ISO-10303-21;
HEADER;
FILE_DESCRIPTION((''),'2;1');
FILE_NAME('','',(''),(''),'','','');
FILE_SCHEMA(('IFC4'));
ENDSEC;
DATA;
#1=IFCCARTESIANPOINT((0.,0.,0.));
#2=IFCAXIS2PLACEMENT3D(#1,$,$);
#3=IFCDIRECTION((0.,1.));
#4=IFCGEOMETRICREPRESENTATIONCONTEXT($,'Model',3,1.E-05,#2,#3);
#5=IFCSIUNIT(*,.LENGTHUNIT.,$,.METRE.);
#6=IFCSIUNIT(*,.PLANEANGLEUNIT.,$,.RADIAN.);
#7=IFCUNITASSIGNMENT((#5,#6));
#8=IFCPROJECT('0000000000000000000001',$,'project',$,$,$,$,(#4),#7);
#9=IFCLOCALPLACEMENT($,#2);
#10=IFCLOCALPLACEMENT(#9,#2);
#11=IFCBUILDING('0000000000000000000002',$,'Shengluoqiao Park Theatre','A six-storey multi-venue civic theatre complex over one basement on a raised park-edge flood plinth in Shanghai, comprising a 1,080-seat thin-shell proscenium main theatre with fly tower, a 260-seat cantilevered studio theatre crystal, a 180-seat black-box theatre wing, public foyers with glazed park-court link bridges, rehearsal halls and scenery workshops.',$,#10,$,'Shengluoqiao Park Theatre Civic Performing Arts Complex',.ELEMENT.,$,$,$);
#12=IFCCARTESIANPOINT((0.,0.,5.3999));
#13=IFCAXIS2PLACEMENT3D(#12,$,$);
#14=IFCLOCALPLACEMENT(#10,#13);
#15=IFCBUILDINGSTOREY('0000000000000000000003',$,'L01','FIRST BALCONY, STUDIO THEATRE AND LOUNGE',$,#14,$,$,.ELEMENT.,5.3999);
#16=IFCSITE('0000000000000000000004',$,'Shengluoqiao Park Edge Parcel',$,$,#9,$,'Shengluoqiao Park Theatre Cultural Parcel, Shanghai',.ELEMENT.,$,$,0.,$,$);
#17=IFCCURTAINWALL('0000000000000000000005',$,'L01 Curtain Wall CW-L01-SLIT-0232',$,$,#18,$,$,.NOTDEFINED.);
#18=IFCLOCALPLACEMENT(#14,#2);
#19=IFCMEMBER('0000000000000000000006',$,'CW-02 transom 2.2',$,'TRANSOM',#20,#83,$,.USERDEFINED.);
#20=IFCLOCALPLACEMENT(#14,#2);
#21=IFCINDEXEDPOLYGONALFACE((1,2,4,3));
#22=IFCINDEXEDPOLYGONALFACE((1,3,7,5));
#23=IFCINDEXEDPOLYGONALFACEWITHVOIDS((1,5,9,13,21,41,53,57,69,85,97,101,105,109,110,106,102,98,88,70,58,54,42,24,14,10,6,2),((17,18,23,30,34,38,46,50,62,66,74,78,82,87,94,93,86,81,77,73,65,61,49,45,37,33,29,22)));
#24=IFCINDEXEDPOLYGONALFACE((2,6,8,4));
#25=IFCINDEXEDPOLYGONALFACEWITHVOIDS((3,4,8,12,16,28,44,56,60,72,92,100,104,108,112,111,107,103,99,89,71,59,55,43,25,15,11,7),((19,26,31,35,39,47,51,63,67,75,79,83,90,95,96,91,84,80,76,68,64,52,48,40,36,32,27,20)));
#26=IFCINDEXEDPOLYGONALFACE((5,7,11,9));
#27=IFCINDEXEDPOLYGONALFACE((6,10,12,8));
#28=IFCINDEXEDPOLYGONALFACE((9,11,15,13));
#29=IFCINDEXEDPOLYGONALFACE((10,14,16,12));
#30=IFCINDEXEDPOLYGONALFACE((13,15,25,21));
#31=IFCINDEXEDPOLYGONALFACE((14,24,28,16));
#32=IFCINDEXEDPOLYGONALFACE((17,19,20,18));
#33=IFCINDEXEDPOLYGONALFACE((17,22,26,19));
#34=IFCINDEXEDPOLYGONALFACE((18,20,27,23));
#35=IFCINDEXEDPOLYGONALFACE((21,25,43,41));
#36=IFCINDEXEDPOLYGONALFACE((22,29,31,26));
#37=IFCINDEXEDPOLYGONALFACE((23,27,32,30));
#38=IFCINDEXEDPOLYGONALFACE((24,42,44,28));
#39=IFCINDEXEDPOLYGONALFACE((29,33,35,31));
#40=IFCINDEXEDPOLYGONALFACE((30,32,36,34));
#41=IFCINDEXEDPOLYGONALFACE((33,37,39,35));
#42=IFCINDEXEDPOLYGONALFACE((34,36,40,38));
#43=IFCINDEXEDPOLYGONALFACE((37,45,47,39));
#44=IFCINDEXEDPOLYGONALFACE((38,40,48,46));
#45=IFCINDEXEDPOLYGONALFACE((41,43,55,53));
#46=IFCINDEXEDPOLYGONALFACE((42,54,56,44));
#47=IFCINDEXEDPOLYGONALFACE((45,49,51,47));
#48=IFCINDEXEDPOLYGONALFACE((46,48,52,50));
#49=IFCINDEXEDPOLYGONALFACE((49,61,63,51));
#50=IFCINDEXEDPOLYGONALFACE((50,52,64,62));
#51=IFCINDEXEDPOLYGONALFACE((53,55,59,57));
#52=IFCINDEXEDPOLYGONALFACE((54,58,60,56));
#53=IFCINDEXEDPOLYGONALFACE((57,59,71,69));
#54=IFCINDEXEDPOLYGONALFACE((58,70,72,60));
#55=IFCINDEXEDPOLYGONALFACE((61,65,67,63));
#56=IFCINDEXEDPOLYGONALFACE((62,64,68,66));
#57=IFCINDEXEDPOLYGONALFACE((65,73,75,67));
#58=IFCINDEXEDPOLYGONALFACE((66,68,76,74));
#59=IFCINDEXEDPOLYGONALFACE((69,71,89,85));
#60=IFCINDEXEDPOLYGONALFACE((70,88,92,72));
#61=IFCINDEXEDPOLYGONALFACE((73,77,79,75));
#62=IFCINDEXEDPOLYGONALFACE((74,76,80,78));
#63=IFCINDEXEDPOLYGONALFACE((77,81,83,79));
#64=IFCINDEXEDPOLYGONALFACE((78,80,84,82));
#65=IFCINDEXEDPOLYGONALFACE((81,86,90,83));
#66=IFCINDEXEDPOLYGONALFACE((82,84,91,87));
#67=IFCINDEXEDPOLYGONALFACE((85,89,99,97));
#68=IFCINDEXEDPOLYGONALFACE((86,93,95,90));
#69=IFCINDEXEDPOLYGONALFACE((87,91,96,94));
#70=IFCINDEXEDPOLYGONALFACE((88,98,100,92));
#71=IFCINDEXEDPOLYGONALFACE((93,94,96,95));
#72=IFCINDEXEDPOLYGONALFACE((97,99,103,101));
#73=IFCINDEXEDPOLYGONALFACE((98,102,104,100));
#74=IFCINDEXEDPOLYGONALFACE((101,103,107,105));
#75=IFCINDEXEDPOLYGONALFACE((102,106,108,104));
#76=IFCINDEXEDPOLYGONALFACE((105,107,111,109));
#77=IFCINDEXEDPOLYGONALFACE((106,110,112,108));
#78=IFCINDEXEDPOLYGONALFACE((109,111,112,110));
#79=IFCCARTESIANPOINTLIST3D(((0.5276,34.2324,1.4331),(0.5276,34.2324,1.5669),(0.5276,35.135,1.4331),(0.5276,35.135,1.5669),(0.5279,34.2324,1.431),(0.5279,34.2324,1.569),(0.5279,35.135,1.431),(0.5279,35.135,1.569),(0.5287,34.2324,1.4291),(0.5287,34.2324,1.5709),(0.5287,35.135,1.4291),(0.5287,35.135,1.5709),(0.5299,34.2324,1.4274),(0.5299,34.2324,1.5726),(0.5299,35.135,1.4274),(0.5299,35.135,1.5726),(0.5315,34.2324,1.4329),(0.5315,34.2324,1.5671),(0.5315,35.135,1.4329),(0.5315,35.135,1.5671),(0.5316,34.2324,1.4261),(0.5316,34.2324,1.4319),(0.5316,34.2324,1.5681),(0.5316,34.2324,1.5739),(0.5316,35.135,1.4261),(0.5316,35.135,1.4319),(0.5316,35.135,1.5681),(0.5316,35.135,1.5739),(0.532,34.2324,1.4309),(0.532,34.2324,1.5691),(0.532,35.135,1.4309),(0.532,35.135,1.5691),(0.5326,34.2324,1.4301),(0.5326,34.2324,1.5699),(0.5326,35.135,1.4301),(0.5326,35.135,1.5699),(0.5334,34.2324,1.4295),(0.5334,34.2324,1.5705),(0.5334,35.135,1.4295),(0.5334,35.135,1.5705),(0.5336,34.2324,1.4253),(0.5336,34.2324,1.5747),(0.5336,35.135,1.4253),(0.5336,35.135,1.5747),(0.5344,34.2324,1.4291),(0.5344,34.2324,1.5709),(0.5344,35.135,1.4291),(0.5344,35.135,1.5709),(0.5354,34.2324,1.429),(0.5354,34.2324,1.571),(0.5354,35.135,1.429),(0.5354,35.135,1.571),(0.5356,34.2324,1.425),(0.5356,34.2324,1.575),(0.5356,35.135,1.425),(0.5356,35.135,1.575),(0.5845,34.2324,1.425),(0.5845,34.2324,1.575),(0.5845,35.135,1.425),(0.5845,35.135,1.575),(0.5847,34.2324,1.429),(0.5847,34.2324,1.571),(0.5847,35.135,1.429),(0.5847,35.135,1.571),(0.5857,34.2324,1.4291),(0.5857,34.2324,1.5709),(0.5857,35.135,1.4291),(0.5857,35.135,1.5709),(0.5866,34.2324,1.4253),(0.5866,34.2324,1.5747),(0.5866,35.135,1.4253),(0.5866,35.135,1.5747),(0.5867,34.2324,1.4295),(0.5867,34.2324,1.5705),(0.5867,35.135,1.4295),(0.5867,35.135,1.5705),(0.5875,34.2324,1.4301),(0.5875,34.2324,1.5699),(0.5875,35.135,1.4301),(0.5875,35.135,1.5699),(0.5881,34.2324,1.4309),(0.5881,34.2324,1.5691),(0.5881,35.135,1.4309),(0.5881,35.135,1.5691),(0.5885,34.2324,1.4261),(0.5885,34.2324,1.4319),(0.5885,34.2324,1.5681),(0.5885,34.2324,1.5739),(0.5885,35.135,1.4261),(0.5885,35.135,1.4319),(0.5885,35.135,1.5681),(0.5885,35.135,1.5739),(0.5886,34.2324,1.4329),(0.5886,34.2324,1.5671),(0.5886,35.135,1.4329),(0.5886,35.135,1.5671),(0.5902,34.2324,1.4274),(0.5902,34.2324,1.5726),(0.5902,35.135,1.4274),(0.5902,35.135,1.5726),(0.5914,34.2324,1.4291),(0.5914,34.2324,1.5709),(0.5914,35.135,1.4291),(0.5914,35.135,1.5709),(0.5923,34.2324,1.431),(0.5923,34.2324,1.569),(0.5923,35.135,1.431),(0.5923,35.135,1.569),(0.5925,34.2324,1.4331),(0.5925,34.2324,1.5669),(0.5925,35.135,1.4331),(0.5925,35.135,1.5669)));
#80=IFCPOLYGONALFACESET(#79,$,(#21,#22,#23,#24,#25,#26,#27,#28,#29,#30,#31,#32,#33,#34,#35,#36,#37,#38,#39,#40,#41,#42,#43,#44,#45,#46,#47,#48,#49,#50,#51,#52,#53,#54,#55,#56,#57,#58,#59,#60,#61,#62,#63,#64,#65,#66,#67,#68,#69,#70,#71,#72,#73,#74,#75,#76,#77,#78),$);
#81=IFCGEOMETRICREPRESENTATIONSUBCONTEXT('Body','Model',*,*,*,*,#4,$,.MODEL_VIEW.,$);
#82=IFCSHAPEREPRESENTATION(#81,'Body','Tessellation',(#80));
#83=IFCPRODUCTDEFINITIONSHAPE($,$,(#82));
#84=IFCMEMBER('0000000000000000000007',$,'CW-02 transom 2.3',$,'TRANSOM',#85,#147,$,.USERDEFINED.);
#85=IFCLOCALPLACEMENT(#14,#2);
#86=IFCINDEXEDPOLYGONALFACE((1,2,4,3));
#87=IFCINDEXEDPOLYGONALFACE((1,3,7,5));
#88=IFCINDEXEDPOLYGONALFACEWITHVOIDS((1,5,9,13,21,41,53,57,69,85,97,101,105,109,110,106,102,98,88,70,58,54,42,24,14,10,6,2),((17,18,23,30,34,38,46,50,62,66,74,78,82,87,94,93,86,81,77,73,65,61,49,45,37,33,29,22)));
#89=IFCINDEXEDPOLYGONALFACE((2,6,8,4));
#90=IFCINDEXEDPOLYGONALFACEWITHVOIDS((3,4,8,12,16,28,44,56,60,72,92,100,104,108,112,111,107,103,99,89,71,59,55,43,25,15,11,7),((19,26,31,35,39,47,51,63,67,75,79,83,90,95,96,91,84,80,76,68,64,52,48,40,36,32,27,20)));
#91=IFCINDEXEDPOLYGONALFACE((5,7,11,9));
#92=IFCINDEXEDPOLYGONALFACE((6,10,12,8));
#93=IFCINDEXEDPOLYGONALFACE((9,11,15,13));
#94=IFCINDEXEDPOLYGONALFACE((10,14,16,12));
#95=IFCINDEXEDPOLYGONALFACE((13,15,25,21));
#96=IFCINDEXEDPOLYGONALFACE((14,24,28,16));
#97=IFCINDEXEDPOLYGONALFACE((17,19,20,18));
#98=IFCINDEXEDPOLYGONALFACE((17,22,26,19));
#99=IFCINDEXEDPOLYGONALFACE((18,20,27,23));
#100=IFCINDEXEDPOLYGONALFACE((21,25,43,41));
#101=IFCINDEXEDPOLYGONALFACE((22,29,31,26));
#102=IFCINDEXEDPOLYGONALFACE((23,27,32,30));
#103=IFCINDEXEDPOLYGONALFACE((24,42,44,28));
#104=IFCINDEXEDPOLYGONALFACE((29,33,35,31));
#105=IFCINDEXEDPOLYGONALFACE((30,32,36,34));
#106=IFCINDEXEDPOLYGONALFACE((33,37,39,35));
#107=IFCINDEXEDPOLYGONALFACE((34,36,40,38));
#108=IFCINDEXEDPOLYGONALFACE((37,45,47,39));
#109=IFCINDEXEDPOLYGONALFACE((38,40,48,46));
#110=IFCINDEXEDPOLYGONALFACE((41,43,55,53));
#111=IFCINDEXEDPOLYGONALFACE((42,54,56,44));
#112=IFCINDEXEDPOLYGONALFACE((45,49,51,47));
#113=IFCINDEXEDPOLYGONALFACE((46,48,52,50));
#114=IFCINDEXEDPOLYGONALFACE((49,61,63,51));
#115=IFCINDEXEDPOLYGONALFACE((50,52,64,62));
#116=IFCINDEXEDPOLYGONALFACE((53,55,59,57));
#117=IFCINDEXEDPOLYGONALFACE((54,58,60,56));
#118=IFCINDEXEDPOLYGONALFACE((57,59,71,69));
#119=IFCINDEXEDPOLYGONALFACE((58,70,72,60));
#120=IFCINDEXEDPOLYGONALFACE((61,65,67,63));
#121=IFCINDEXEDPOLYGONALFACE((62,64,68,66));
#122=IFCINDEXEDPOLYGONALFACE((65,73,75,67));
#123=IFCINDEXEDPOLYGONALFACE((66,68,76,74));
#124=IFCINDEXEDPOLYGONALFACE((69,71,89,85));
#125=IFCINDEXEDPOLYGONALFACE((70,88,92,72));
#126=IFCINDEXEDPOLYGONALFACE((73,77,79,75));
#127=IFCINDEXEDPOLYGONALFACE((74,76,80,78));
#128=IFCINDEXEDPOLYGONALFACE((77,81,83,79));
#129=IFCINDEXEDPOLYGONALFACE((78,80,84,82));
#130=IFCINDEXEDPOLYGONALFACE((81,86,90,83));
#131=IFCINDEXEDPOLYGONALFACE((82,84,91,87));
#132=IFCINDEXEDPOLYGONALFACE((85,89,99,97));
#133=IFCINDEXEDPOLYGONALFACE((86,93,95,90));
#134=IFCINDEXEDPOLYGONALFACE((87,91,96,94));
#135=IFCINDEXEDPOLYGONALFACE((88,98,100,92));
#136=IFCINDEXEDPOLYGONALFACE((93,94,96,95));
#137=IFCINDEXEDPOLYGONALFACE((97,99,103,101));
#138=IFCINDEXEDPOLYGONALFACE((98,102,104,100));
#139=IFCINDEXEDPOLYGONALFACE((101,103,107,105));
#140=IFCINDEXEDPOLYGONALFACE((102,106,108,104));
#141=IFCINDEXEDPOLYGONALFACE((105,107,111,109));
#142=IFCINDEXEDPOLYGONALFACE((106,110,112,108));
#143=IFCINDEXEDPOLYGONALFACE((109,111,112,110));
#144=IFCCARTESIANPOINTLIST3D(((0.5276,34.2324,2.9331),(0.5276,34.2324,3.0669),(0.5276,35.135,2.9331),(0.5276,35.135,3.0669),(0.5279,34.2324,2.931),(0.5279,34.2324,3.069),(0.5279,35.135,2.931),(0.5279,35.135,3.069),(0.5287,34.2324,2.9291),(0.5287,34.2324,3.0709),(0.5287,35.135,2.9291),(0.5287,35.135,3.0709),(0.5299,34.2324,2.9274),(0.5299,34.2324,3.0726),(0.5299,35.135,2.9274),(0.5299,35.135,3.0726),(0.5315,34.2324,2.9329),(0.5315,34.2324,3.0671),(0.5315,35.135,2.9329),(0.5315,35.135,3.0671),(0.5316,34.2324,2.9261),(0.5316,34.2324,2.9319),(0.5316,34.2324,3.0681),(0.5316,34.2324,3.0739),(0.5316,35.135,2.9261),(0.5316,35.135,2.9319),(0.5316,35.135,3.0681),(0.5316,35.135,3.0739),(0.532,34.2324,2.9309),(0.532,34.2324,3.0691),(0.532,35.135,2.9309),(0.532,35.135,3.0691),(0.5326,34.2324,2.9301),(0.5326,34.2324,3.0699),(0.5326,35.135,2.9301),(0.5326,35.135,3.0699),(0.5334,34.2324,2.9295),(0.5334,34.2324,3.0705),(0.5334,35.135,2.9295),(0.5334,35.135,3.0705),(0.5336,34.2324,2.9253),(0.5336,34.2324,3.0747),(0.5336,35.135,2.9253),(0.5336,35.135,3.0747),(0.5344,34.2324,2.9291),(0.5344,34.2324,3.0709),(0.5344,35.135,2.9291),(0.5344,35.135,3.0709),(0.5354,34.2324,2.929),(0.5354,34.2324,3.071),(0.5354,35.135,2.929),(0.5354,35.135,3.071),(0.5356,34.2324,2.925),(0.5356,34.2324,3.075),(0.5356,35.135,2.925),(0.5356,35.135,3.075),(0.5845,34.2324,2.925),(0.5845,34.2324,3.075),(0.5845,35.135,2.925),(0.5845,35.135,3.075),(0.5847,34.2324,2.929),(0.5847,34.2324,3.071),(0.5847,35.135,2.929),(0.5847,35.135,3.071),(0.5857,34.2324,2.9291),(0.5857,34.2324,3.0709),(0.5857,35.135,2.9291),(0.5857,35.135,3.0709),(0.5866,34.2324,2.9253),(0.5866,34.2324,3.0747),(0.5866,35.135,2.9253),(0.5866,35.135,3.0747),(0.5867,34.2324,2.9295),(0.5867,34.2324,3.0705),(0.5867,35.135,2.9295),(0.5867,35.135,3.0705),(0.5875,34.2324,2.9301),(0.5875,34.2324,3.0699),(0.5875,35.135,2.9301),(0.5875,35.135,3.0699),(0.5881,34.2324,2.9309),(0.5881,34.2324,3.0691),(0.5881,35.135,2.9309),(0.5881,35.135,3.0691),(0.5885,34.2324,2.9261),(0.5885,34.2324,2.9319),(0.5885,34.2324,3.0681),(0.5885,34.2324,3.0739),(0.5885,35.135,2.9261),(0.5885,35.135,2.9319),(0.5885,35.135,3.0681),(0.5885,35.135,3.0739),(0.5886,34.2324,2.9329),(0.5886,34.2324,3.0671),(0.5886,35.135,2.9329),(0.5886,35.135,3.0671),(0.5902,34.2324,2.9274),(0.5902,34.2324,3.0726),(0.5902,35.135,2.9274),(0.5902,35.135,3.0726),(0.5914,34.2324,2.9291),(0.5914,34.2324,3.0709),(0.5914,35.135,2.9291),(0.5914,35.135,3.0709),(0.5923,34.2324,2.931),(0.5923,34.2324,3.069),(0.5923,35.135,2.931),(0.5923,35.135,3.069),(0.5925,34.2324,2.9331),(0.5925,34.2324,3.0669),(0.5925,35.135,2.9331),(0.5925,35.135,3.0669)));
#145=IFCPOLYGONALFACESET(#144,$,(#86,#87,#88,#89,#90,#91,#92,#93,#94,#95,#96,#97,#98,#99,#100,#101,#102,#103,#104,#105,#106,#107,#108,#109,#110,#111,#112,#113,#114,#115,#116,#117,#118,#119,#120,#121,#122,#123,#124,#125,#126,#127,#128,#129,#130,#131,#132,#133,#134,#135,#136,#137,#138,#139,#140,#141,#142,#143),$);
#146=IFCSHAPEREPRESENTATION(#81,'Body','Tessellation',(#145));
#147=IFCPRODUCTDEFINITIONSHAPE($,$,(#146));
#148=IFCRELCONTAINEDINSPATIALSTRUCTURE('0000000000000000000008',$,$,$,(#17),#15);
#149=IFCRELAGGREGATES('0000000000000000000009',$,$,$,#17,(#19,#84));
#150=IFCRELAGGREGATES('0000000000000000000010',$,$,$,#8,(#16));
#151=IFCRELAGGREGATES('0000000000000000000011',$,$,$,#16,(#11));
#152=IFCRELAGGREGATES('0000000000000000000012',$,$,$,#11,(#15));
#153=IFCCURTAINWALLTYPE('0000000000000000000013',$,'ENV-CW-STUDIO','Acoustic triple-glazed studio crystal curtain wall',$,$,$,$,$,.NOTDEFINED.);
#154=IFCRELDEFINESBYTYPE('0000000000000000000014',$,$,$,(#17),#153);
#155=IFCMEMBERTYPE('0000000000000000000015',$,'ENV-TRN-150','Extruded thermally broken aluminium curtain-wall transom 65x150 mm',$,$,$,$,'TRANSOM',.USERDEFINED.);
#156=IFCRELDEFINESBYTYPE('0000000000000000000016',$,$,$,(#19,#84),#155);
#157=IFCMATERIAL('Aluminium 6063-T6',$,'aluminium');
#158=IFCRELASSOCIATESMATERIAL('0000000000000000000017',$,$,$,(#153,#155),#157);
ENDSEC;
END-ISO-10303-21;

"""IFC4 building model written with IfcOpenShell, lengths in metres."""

from ifc_helpers import new_model, si_unit, direction, frame, origin, origin_2d, place, context, subcontext, project, spatial, hollow_rectangle, extrude, material, material_profile, profile_set, type_object, element, aggregate, save


model = new_model("IFC4")

# Units and contexts
model_context = context("Model", 3, precision=1e-05, world=origin(), true_north=direction((0.0, 1.0)))
body_context = subcontext(model_context, "Body", "Model", "MODEL_VIEW")
ifc_project = project(units=[si_unit("LENGTHUNIT", "METRE"), si_unit("PLANEANGLEUNIT", "RADIAN")], contexts=[model_context])

# Site, building, storey
site_placement = place(None, origin())
site = spatial("IfcSite", under=ifc_project, at=site_placement, Name="Shengluoqiao Park Edge Parcel", LongName="Shengluoqiao Park Theatre Cultural Parcel, Shanghai", CompositionType="ELEMENT", RefElevation=0.0)
building_placement = place(site_placement, origin())
building = spatial("IfcBuilding", under=site, at=building_placement, Name="Shengluoqiao Park Theatre", Description="A six-storey multi-venue civic theatre complex over one basement on a raised park-edge flood plinth in Shanghai, comprising a 1,080-seat thin-shell proscenium main theatre with fly tower, a 260-seat cantilevered studio theatre crystal, a 180-seat black-box theatre wing, public foyers with glazed park-court link bridges, rehearsal halls and scenery workshops.", LongName="Shengluoqiao Park Theatre Civic Performing Arts Complex", CompositionType="ELEMENT")
storey_placement = place(building_placement, frame((0.0, 0.0, 5.3999)))
storey = spatial("IfcBuildingStorey", under=building, at=storey_placement, Name="L01", Description="FIRST BALCONY, STUDIO THEATRE AND LOUNGE", CompositionType="ELEMENT", Elevation=5.3999)

# Curtain wall, members
ifc_material_1 = material(Name="Aluminium 6063-T6", Category="aluminium")
curtain_wall_type = type_object("IfcCurtainWallType", Name="ENV-CW-STUDIO", Description="Acoustic triple-glazed studio crystal curtain wall", PredefinedType="NOTDEFINED", material=ifc_material_1)
curtain_wall_placement = place(storey_placement, origin())
curtain_wall = element("IfcCurtainWall", 1, at=curtain_wall_placement, inside=storey, type_object=curtain_wall_type, Name="L01 Curtain Wall CW-L01-SLIT-0232", PredefinedType="NOTDEFINED")
ifc_material_profile_1 = material_profile(ifc_material_1, hollow_rectangle(XDim=0.0649, YDim=0.1499, WallThickness=0.0039, InnerFilletRadius=0.0039, OuterFilletRadius=0.0081, at=origin_2d()), Name="ALU TRANSOM 150x65x4")
ifc_profile_set_1 = profile_set([ifc_material_profile_1], Name="Aluminium 6063-T6")
member_type_1 = type_object("IfcMemberType", Name="ENV-TRN-150", Description="Extruded thermally broken aluminium curtain-wall transom 65x150 mm", ElementType="TRANSOM", PredefinedType="USERDEFINED", material=ifc_profile_set_1)
member_1_placement = place(storey_placement, frame((0.5601, 34.2324, 1.5), z_axis=(0.0, 1.0, 0.0), x_axis=(-1.0, 0.0, 0.0)))
member_1 = element("IfcMember", 2, at=member_1_placement, type_object=member_type_1, Name="CW-02 transom 2.2", ObjectType="TRANSOM", PredefinedType="USERDEFINED", context=body_context, shape_type="SweptSolid", body=[
    extrude(hollow_rectangle(XDim=0.0649, YDim=0.1499, WallThickness=0.0039, InnerFilletRadius=0.0039, OuterFilletRadius=0.0081, at=origin_2d()), origin(), (0.0, 0.0, 1.0), 0.9026),
])
member_2_placement = place(storey_placement, frame((0.5601, 34.2324, 3.0), z_axis=(0.0, 1.0, 0.0), x_axis=(-1.0, 0.0, 0.0)))
member_2 = element("IfcMember", 3, at=member_2_placement, type_object=member_type_1, Name="CW-02 transom 2.3", ObjectType="TRANSOM", PredefinedType="USERDEFINED", context=body_context, shape_type="SweptSolid", body=[
    extrude(hollow_rectangle(XDim=0.0649, YDim=0.1499, WallThickness=0.0039, InnerFilletRadius=0.0039, OuterFilletRadius=0.0081, at=origin_2d()), origin(), (0.0, 0.0, 1.0), 0.9026),
])

aggregate(curtain_wall, [member_1, member_2])

save(model, "model.ifc")
